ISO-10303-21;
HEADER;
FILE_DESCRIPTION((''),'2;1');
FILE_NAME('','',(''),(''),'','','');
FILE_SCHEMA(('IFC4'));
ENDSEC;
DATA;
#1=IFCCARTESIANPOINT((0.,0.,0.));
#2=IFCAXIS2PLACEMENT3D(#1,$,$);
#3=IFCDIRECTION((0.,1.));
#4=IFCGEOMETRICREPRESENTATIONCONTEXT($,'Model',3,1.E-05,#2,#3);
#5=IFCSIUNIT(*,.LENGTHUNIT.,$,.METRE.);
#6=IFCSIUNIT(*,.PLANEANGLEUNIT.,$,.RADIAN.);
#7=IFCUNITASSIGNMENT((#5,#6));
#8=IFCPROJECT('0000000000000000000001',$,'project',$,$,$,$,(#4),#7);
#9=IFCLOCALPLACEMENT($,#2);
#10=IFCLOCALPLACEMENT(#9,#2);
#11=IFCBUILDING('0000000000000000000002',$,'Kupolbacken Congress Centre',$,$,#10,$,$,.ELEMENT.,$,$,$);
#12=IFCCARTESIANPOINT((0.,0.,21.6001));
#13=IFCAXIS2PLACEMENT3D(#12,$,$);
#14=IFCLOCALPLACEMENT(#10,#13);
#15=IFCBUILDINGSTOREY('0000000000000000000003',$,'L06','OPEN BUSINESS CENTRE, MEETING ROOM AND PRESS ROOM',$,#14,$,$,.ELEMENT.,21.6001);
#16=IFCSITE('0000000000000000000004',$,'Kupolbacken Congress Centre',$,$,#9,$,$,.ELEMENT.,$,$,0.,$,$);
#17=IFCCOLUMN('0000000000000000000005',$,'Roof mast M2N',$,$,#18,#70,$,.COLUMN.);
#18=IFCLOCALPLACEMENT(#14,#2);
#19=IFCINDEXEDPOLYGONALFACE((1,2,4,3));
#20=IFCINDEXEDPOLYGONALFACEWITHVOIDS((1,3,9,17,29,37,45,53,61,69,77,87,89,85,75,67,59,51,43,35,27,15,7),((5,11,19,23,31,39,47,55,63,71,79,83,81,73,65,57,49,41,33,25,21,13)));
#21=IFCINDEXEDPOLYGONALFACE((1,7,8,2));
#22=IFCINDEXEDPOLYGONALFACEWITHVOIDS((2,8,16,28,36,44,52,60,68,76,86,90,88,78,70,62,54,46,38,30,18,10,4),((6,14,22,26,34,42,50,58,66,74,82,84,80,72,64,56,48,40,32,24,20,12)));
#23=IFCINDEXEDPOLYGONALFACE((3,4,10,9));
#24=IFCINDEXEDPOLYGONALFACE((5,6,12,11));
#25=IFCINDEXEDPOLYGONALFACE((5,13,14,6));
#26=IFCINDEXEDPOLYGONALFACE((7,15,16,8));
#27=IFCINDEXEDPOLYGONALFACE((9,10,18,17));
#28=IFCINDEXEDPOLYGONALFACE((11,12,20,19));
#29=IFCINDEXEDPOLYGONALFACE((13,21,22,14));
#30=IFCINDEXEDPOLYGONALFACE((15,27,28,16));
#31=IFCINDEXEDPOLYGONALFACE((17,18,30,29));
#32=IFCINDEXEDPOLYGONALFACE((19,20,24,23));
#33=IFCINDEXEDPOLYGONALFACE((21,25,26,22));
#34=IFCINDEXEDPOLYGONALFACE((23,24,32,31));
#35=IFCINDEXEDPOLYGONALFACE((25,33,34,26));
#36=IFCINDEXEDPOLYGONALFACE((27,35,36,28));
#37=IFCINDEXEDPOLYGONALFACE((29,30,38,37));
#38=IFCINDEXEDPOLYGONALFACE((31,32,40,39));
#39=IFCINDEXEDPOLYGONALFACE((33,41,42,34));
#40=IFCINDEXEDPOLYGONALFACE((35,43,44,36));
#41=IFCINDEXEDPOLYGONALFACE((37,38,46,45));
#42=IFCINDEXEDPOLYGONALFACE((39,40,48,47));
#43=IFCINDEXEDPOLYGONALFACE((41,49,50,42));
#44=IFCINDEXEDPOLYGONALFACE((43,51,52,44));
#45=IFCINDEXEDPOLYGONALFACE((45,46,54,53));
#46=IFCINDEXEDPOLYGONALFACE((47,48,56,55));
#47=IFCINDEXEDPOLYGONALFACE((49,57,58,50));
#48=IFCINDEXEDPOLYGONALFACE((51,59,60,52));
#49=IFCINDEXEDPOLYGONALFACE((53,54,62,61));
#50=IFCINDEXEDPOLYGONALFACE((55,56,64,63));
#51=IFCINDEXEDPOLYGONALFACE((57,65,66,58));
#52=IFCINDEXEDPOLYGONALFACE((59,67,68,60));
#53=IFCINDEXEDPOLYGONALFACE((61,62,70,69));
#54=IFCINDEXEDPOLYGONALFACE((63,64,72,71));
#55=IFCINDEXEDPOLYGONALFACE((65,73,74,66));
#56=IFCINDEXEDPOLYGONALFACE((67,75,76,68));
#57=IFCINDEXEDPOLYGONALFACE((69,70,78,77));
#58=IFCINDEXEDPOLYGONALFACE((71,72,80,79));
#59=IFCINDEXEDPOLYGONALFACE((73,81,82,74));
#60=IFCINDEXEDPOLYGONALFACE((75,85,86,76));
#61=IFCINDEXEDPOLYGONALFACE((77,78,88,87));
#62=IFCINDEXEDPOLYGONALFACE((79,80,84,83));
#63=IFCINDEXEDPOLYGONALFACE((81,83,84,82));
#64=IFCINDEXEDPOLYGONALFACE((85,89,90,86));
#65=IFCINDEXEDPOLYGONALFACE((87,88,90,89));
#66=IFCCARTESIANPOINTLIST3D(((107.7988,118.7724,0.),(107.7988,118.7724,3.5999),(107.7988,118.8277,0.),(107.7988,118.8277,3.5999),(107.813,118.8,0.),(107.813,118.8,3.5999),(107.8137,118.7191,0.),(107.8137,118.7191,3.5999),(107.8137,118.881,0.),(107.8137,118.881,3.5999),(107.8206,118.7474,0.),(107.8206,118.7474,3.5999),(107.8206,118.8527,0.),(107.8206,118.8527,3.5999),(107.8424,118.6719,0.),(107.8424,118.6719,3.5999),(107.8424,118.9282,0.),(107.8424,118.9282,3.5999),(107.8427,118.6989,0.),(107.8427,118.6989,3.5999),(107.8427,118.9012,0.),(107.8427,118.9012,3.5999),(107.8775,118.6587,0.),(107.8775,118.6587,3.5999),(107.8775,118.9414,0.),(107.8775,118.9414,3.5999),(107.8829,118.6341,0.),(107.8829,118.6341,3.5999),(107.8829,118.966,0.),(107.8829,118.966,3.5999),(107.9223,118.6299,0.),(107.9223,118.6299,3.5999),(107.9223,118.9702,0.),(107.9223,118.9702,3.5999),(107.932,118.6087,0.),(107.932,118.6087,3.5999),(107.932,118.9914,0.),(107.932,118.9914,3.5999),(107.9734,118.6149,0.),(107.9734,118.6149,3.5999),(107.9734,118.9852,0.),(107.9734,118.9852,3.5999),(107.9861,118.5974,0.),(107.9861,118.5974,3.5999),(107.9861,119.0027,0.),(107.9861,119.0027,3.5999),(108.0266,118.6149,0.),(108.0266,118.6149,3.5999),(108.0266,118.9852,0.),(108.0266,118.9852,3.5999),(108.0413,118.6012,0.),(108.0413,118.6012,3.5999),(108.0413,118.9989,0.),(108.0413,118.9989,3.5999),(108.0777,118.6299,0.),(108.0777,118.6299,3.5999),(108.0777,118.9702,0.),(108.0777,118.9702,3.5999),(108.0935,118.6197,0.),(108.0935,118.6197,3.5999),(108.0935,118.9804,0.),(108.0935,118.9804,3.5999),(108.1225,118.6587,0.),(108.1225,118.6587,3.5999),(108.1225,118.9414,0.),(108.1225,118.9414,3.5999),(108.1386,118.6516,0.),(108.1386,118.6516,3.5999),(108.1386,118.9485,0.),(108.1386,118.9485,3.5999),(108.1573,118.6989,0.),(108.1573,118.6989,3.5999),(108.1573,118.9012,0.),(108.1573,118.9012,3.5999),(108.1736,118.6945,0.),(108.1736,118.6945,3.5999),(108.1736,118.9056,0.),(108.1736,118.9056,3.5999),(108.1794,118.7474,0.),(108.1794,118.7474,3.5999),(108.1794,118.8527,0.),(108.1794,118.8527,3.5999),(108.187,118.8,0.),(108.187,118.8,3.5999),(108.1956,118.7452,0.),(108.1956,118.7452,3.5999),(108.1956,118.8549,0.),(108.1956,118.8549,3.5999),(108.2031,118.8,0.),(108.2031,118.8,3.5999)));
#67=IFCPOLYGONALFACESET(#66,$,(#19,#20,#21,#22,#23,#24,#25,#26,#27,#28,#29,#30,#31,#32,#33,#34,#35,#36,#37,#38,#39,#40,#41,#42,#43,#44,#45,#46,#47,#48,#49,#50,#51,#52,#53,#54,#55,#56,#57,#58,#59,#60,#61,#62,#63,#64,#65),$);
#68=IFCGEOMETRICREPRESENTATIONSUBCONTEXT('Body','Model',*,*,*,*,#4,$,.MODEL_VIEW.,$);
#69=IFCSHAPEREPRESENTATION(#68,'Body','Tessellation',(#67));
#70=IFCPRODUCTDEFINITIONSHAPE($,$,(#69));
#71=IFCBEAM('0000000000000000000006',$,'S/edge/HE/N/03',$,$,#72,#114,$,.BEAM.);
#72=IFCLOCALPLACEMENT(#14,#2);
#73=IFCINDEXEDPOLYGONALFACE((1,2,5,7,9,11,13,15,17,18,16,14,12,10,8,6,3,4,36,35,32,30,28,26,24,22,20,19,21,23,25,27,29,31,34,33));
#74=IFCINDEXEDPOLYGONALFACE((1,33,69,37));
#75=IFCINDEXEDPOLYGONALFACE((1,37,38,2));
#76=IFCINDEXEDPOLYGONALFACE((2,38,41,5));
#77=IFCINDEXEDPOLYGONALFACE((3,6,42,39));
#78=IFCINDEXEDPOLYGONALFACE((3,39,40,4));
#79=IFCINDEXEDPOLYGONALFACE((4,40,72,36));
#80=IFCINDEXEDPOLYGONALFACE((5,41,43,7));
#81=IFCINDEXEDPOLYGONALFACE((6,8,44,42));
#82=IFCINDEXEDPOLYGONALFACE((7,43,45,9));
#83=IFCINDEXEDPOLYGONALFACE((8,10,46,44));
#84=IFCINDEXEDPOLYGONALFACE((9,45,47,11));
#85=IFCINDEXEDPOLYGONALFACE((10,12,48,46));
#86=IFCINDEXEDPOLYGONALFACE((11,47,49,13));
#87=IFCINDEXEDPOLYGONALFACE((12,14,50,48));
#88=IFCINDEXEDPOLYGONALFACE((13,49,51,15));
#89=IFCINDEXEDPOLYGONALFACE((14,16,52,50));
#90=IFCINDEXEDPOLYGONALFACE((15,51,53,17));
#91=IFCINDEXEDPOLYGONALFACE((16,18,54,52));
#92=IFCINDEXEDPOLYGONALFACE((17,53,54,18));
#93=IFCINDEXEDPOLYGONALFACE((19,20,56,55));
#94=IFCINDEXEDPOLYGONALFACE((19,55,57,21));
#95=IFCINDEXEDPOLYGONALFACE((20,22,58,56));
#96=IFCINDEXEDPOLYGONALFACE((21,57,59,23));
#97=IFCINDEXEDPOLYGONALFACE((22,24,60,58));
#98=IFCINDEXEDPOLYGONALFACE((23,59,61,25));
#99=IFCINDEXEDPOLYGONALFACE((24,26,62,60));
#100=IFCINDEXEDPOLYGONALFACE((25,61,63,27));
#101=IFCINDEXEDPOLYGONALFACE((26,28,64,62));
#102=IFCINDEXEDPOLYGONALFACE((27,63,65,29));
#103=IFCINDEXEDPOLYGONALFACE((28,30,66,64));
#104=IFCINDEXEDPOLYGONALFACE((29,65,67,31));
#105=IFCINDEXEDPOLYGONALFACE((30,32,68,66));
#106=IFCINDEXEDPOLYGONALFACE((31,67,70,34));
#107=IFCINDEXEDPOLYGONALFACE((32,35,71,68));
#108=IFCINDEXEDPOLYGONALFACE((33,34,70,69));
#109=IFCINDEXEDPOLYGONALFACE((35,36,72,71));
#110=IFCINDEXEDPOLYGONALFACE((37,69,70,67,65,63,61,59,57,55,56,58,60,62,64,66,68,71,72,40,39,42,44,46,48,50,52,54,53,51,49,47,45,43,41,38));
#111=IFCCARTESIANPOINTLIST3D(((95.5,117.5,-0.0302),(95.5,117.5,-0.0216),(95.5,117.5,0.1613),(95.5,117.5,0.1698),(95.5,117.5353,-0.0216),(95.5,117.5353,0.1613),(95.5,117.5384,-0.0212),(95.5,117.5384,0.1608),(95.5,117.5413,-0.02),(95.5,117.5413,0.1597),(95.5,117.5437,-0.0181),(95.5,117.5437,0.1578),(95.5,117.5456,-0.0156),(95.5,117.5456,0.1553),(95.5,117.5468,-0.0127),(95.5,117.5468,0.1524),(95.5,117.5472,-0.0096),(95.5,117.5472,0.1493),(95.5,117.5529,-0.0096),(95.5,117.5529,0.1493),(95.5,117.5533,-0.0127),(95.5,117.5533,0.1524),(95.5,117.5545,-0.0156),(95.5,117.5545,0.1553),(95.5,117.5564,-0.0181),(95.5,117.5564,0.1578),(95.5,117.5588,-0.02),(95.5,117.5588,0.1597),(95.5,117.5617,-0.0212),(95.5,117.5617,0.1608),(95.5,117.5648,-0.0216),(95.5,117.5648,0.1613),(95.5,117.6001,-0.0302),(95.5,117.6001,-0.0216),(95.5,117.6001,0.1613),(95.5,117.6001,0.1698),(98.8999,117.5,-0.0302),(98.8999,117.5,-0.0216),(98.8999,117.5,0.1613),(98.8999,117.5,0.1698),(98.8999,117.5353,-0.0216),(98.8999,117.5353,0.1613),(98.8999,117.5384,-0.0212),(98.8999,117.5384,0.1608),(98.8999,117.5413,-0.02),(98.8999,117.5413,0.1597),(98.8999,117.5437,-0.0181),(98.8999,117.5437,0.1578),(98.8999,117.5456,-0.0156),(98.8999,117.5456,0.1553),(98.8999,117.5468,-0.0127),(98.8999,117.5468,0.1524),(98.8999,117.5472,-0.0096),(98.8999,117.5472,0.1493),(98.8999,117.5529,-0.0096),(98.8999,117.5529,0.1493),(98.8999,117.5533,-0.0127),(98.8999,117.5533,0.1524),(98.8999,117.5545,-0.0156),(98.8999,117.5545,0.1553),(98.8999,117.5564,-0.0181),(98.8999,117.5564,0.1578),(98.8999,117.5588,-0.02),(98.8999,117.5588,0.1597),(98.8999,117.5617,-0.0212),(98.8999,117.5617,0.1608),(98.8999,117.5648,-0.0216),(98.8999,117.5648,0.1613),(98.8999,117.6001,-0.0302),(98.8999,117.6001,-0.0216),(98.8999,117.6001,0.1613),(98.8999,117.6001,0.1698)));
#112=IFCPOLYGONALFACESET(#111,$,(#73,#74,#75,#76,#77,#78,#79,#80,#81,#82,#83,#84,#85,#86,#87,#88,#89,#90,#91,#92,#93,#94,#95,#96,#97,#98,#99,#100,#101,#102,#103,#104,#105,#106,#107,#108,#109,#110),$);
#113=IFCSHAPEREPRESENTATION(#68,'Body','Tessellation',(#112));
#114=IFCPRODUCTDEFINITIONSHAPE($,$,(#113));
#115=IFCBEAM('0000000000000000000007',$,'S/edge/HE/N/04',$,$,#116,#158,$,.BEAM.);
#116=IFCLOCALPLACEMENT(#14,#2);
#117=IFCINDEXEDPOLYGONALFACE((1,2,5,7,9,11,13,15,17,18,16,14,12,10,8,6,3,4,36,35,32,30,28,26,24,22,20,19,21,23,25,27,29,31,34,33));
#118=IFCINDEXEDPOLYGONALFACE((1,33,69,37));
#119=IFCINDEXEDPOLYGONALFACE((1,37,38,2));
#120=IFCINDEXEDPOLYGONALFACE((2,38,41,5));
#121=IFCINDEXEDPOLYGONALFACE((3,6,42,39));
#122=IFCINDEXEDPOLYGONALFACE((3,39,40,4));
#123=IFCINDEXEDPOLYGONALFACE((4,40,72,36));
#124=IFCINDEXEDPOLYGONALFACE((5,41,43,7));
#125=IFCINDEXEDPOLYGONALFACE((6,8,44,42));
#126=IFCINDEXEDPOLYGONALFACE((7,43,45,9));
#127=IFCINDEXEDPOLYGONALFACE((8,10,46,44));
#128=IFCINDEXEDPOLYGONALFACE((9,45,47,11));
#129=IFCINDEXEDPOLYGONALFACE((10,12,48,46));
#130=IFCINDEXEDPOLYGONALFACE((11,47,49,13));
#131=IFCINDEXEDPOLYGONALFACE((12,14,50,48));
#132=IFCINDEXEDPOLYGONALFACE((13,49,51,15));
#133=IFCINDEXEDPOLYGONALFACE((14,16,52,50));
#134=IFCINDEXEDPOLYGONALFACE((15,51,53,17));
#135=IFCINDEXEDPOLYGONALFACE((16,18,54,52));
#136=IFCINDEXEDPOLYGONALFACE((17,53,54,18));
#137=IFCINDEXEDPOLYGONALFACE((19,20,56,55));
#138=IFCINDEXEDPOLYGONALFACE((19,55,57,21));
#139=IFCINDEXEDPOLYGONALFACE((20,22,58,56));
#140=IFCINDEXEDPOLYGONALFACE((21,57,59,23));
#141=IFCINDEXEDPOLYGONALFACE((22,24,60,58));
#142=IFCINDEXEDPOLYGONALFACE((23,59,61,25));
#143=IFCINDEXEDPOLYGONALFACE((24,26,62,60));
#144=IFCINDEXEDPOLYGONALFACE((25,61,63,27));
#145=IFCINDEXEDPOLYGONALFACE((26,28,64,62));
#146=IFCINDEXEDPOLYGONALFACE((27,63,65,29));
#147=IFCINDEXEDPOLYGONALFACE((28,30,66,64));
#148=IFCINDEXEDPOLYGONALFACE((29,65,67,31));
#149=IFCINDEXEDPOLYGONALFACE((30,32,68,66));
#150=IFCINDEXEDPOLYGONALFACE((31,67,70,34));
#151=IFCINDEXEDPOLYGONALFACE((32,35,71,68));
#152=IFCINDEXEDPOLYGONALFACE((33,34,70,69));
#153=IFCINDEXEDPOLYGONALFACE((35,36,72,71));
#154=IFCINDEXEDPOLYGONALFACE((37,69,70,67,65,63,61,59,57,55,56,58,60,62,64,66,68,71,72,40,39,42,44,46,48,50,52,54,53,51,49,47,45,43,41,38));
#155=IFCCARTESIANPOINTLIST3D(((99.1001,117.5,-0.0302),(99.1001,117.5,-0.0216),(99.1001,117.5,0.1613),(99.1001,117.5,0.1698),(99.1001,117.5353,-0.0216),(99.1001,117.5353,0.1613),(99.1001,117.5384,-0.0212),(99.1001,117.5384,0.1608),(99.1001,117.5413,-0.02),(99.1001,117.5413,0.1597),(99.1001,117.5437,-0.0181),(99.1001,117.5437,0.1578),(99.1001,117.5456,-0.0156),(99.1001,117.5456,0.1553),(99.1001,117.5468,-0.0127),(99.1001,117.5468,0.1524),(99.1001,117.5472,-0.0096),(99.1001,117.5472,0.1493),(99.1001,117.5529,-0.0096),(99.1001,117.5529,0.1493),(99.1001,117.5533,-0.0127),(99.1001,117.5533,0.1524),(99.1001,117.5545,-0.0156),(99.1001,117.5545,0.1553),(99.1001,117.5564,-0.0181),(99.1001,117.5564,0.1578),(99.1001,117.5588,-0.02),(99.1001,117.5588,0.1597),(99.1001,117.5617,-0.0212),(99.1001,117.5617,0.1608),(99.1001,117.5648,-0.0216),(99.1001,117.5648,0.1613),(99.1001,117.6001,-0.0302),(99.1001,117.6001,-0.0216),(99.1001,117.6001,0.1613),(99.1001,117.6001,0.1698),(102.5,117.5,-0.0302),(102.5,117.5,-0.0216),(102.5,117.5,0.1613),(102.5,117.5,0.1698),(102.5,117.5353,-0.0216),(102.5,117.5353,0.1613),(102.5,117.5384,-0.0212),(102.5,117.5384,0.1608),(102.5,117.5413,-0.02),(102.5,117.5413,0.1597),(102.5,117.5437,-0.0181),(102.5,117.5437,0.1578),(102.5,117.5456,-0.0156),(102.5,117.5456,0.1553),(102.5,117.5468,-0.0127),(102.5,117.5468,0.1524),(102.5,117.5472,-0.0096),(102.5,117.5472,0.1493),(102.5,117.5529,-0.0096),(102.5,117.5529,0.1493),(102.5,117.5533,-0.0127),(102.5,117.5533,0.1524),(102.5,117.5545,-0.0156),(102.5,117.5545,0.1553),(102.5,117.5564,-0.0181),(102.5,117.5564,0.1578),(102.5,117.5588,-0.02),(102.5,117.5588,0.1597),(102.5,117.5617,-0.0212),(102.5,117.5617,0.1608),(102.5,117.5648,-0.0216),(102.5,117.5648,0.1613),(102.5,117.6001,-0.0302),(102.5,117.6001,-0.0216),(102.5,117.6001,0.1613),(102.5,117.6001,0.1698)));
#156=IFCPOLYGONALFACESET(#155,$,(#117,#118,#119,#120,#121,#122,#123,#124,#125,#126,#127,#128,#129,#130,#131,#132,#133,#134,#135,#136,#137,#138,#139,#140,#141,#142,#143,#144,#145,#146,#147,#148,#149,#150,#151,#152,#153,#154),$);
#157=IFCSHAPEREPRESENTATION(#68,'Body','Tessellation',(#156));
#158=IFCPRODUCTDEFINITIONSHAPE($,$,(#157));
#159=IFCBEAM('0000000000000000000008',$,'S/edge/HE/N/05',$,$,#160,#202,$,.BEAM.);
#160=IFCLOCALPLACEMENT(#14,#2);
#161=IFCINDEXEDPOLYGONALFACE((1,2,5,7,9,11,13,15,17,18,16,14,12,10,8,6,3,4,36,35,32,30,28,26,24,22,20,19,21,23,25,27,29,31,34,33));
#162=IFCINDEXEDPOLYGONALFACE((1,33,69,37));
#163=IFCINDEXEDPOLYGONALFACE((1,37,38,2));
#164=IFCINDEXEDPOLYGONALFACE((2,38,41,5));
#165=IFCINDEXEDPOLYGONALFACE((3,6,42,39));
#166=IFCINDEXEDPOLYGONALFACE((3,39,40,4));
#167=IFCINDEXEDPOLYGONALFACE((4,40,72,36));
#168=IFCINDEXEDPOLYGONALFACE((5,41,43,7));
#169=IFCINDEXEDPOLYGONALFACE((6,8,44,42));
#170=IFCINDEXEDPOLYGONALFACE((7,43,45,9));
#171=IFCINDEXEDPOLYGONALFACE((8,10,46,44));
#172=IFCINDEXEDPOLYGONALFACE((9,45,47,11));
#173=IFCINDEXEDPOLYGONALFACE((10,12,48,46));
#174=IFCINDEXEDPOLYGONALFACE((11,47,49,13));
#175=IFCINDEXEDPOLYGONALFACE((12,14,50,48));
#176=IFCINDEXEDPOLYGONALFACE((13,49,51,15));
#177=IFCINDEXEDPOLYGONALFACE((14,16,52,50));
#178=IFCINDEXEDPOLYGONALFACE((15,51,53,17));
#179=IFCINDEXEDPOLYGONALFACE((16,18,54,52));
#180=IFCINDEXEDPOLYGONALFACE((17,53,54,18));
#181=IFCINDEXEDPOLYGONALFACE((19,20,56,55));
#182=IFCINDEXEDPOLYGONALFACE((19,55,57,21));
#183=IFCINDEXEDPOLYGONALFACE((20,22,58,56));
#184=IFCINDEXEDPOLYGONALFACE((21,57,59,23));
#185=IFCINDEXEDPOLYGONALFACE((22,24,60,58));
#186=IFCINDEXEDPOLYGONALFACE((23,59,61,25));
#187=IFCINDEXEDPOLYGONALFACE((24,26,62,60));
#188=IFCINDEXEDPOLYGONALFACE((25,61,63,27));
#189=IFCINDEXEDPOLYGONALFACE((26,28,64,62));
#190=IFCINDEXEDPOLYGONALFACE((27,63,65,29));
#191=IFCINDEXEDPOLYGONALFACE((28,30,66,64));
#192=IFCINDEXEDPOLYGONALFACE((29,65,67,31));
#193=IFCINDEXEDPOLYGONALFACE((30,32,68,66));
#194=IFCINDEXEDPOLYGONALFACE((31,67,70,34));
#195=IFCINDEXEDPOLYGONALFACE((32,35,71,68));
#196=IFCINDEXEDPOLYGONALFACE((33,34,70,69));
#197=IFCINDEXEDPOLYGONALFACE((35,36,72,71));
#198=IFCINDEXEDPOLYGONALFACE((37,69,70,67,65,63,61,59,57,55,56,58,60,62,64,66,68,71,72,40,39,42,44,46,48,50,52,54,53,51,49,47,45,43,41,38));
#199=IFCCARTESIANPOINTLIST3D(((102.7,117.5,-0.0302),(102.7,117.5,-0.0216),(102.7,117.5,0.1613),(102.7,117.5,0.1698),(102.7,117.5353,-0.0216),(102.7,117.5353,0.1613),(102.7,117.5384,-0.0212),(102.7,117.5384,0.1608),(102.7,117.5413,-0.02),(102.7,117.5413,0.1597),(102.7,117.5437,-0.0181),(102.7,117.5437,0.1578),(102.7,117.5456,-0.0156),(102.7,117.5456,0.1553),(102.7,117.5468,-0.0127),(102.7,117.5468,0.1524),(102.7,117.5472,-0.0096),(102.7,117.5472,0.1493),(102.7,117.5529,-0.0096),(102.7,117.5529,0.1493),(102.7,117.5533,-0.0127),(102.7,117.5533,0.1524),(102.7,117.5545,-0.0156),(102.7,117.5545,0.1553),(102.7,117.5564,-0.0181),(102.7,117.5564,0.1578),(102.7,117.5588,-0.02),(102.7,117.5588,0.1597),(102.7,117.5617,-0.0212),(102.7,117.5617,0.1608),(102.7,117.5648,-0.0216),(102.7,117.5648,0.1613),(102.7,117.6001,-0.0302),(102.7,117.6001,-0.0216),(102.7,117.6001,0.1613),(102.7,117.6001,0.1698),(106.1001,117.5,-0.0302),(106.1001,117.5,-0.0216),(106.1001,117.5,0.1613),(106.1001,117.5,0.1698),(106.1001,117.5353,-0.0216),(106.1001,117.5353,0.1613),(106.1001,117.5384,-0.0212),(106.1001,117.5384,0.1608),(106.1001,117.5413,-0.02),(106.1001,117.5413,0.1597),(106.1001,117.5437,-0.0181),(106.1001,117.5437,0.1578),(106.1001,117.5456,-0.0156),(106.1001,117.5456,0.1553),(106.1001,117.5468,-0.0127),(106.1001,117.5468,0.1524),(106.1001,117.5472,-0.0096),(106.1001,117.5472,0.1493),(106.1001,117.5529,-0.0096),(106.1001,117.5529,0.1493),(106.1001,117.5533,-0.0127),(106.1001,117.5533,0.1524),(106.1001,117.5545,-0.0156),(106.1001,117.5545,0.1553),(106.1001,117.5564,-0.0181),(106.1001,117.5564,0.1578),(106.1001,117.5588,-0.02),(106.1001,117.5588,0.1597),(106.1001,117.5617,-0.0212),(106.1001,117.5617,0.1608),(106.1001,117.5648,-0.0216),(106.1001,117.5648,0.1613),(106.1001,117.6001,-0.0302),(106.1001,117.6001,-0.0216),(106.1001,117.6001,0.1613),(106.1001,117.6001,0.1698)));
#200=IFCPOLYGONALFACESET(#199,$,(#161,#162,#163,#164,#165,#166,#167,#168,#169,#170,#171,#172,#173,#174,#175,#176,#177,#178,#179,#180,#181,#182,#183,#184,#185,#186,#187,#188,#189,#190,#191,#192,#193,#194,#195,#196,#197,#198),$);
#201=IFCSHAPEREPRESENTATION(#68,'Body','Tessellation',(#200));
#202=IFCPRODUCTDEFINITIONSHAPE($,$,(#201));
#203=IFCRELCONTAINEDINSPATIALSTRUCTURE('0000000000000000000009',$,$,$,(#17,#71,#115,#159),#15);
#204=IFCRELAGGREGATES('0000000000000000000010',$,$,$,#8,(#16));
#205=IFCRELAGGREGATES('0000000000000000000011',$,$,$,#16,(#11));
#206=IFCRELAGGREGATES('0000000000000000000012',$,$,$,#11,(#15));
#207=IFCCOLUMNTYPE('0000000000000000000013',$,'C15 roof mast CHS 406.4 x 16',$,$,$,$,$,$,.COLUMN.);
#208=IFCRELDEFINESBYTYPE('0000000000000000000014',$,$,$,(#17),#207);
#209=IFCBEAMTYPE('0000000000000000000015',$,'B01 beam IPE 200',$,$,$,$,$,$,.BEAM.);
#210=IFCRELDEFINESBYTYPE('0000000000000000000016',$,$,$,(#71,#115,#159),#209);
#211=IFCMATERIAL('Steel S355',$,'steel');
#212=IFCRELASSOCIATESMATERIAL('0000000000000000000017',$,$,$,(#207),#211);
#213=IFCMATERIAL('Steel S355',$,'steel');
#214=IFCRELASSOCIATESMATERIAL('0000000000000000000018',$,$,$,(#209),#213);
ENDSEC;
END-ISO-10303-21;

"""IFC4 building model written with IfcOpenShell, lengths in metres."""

from ifc_helpers import new_model, si_unit, direction, frame, origin, origin_2d, place, context, subcontext, project, spatial, hollow_circle, i_section, extrude, material, material_profile, profile_set, type_object, element, save


model = new_model("IFC4")

# Units and contexts
model_context = context("Model", 3, precision=1e-05, world=origin(), true_north=direction((0.0, 1.0)))
body_context = subcontext(model_context, "Body", "Model", "MODEL_VIEW")
ifc_project = project(units=[si_unit("LENGTHUNIT", "METRE"), si_unit("PLANEANGLEUNIT", "RADIAN")], contexts=[model_context])

# Site, building, storey
site_placement = place(None, origin())
site = spatial("IfcSite", under=ifc_project, at=site_placement, Name="Kupolbacken Congress Centre", CompositionType="ELEMENT", RefElevation=0.0)
building_placement = place(site_placement, origin())
building = spatial("IfcBuilding", under=site, at=building_placement, Name="Kupolbacken Congress Centre", CompositionType="ELEMENT")
storey_placement = place(building_placement, frame((0.0, 0.0, 21.6001)))
storey = spatial("IfcBuildingStorey", under=building, at=storey_placement, Name="L06", Description="OPEN BUSINESS CENTRE, MEETING ROOM AND PRESS ROOM", CompositionType="ELEMENT", Elevation=21.6001)

# Column
ifc_material_1 = material(Name="Steel S355", Category="steel")
ifc_material_profile_1 = material_profile(ifc_material_1, hollow_circle(Radius=0.2031, WallThickness=0.0161, at=origin_2d()), Name="CHS 406.4 x 16")
ifc_profile_set_1 = profile_set([ifc_material_profile_1], Name="Steel S355")
column_type = type_object("IfcColumnType", Name="C15 roof mast CHS 406.4 x 16", PredefinedType="COLUMN", material=ifc_profile_set_1)
column_placement = place(storey_placement, frame((108.0, 118.8, 0.0), z_axis=(0.0, 0.0, 1.0), x_axis=(1.0, 0.0, 0.0)))
element("IfcColumn", 1, at=column_placement, inside=storey, type_object=column_type, Name="Roof mast M2N", PredefinedType="COLUMN", context=body_context, shape_type="SweptSolid", body=[
    extrude(hollow_circle(Radius=0.2031, WallThickness=0.0161, at=origin_2d()), origin(), (0.0, 0.0, 1.0), 3.5999),
])

# Beams
ifc_material_2 = material(Name="Steel S355", Category="steel")
ifc_material_profile_2 = material_profile(ifc_material_2, i_section(OverallWidth=0.1001, OverallDepth=0.2, WebThickness=0.0056, FlangeThickness=0.0085, FilletRadius=0.012, at=origin_2d()), Name="IPE 200")
ifc_profile_set_2 = profile_set([ifc_material_profile_2], Name="Steel S355")
beam_type_1 = type_object("IfcBeamType", Name="B01 beam IPE 200", PredefinedType="BEAM", material=ifc_profile_set_2)
for number, where, z_axis, x_axis, name in (
    (2, (95.5, 117.55, 0.0698), (1.0, 0.0, 0.0), (0.0, 1.0, 0.0), "S/edge/HE/N/03"),
    (3, (99.1001, 117.55, 0.0698), (1.0, 0.0, 0.0), (0.0, 1.0, 0.0), "S/edge/HE/N/04"),
):
    element("IfcBeam", number, at=place(storey_placement, frame(where, z_axis=z_axis, x_axis=x_axis)), inside=storey, type_object=beam_type_1, Name=name, PredefinedType="BEAM", context=body_context, shape_type="SweptSolid", body=[
        extrude(i_section(OverallWidth=0.1001, OverallDepth=0.2, WebThickness=0.0056, FlangeThickness=0.0085, FilletRadius=0.012, at=origin_2d()), origin(), (0.0, 0.0, 1.0), 3.3999),
    ])
beam_1_placement = place(storey_placement, frame((102.7, 117.55, 0.0698), z_axis=(1.0, 0.0, 0.0), x_axis=(0.0, 1.0, 0.0)))
element("IfcBeam", 4, at=beam_1_placement, inside=storey, type_object=beam_type_1, Name="S/edge/HE/N/05", PredefinedType="BEAM", context=body_context, shape_type="SweptSolid", body=[
    extrude(i_section(OverallWidth=0.1001, OverallDepth=0.2, WebThickness=0.0056, FlangeThickness=0.0085, FilletRadius=0.012, at=origin_2d()), origin(), (0.0, 0.0, 1.0), 3.4001),
])

save(model, "model.ifc")
